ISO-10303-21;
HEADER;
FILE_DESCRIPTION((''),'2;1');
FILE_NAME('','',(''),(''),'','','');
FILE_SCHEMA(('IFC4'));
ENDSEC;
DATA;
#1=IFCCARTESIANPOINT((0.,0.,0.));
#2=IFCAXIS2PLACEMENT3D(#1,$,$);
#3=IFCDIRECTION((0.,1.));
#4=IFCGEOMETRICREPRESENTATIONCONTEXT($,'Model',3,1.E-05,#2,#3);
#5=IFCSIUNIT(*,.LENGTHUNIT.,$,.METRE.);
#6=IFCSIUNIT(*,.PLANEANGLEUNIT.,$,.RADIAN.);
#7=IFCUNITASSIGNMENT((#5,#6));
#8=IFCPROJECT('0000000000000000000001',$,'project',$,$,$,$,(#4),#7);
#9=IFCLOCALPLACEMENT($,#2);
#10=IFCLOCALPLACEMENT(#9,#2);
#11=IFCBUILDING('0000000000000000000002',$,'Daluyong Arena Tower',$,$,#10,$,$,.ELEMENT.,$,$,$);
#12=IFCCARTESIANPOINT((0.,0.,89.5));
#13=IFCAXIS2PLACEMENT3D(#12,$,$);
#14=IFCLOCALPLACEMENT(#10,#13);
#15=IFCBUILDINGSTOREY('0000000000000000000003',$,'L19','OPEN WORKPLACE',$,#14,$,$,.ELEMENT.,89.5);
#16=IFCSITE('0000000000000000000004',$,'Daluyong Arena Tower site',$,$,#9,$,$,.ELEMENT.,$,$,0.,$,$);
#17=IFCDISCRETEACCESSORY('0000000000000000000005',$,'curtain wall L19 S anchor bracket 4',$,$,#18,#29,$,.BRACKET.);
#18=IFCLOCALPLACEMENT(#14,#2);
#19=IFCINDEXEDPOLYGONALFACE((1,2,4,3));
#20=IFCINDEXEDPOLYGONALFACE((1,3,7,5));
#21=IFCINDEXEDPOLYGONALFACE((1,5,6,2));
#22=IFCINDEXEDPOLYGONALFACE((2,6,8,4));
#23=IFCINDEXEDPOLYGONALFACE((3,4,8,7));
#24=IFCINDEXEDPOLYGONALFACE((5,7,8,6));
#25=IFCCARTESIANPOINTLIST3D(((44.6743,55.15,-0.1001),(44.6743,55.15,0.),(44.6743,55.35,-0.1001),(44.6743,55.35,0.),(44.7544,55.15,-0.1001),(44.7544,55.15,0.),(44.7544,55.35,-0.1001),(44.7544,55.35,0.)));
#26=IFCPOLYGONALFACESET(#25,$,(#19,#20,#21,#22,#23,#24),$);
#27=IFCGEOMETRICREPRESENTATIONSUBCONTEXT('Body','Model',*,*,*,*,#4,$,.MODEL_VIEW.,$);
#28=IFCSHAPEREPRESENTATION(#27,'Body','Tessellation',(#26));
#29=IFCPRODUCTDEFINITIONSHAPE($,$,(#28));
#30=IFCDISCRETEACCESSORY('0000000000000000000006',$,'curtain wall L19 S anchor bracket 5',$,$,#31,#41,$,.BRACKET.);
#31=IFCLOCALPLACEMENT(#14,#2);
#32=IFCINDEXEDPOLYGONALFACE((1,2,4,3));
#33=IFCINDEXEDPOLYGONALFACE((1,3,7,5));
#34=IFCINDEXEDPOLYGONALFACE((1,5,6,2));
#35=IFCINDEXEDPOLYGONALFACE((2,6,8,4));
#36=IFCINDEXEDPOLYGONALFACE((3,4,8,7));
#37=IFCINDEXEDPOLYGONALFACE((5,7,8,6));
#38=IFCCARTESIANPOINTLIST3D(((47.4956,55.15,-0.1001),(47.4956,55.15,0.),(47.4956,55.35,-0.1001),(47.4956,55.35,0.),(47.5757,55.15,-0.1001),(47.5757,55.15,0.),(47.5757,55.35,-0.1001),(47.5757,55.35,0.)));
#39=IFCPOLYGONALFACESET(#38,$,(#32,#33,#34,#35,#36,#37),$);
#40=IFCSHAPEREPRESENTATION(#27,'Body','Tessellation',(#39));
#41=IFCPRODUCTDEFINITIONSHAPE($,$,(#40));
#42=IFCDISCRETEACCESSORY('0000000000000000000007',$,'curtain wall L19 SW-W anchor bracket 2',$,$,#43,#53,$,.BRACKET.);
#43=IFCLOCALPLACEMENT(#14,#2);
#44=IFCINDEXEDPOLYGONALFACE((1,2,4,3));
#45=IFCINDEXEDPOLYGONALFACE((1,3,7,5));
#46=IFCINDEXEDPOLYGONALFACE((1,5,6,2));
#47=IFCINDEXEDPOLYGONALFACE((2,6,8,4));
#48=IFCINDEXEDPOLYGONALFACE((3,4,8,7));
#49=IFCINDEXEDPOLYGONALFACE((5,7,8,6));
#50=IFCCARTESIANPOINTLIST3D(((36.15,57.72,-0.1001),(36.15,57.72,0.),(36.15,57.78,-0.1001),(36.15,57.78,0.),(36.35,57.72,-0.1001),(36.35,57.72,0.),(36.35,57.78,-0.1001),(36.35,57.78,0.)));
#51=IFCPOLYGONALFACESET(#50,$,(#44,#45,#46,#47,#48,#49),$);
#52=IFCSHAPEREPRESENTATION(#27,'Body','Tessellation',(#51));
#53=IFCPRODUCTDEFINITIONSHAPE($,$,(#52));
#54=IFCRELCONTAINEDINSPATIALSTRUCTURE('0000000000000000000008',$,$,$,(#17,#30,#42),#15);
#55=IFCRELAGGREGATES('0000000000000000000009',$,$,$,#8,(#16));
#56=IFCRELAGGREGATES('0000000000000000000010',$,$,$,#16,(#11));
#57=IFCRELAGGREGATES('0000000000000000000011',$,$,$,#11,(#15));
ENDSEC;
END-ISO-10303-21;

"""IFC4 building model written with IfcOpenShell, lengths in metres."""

from ifc_helpers import new_model, si_unit, direction, frame, origin, origin_2d, place, context, subcontext, project, spatial, rectangle, extrude, element, save


model = new_model("IFC4")

# Units and contexts
model_context = context("Model", 3, precision=1e-05, world=origin(), true_north=direction((0.0, 1.0)))
body_context = subcontext(model_context, "Body", "Model", "MODEL_VIEW")
ifc_project = project(units=[si_unit("LENGTHUNIT", "METRE"), si_unit("PLANEANGLEUNIT", "RADIAN")], contexts=[model_context])

# Site, building, storey
site_placement = place(None, origin())
site = spatial("IfcSite", under=ifc_project, at=site_placement, Name="Daluyong Arena Tower site", CompositionType="ELEMENT", RefElevation=0.0)
building_placement = place(site_placement, origin())
building = spatial("IfcBuilding", under=site, at=building_placement, Name="Daluyong Arena Tower", CompositionType="ELEMENT")
storey_placement = place(building_placement, frame((0.0, 0.0, 89.5)))
storey = spatial("IfcBuildingStorey", under=building, at=storey_placement, Name="L19", Description="OPEN WORKPLACE", CompositionType="ELEMENT", Elevation=89.5)

# Discrete accessories
for number, where, z_axis, x_axis, name in (
    (1, (44.7144, 55.25, -0.1001), (0.0, 0.0, 1.0), (1.0, 0.0, 0.0), "curtain wall L19 S anchor bracket 4"),
    (2, (47.5356, 55.25, -0.1001), (0.0, 0.0, 1.0), (1.0, 0.0, 0.0), "curtain wall L19 S anchor bracket 5"),
):
    element("IfcDiscreteAccessory", number, at=place(storey_placement, frame(where, z_axis=z_axis, x_axis=x_axis)), inside=storey, Name=name, PredefinedType="BRACKET", context=body_context, shape_type="SweptSolid", body=[
        extrude(rectangle(XDim=0.0801, YDim=0.2, at=origin_2d()), origin(), (0.0, 0.0, 1.0), 0.1001),
    ])
discrete_accessory_placement = place(storey_placement, frame((36.25, 57.75, -0.1001), z_axis=(0.0, 0.0, 1.0), x_axis=(0.0, -1.0, 0.0)))
element("IfcDiscreteAccessory", 3, at=discrete_accessory_placement, inside=storey, Name="curtain wall L19 SW-W anchor bracket 2", PredefinedType="BRACKET", context=body_context, shape_type="SweptSolid", body=[
    extrude(rectangle(XDim=0.0601, YDim=0.2, at=origin_2d()), origin(), (0.0, 0.0, 1.0), 0.1001),
])

save(model, "model.ifc")
